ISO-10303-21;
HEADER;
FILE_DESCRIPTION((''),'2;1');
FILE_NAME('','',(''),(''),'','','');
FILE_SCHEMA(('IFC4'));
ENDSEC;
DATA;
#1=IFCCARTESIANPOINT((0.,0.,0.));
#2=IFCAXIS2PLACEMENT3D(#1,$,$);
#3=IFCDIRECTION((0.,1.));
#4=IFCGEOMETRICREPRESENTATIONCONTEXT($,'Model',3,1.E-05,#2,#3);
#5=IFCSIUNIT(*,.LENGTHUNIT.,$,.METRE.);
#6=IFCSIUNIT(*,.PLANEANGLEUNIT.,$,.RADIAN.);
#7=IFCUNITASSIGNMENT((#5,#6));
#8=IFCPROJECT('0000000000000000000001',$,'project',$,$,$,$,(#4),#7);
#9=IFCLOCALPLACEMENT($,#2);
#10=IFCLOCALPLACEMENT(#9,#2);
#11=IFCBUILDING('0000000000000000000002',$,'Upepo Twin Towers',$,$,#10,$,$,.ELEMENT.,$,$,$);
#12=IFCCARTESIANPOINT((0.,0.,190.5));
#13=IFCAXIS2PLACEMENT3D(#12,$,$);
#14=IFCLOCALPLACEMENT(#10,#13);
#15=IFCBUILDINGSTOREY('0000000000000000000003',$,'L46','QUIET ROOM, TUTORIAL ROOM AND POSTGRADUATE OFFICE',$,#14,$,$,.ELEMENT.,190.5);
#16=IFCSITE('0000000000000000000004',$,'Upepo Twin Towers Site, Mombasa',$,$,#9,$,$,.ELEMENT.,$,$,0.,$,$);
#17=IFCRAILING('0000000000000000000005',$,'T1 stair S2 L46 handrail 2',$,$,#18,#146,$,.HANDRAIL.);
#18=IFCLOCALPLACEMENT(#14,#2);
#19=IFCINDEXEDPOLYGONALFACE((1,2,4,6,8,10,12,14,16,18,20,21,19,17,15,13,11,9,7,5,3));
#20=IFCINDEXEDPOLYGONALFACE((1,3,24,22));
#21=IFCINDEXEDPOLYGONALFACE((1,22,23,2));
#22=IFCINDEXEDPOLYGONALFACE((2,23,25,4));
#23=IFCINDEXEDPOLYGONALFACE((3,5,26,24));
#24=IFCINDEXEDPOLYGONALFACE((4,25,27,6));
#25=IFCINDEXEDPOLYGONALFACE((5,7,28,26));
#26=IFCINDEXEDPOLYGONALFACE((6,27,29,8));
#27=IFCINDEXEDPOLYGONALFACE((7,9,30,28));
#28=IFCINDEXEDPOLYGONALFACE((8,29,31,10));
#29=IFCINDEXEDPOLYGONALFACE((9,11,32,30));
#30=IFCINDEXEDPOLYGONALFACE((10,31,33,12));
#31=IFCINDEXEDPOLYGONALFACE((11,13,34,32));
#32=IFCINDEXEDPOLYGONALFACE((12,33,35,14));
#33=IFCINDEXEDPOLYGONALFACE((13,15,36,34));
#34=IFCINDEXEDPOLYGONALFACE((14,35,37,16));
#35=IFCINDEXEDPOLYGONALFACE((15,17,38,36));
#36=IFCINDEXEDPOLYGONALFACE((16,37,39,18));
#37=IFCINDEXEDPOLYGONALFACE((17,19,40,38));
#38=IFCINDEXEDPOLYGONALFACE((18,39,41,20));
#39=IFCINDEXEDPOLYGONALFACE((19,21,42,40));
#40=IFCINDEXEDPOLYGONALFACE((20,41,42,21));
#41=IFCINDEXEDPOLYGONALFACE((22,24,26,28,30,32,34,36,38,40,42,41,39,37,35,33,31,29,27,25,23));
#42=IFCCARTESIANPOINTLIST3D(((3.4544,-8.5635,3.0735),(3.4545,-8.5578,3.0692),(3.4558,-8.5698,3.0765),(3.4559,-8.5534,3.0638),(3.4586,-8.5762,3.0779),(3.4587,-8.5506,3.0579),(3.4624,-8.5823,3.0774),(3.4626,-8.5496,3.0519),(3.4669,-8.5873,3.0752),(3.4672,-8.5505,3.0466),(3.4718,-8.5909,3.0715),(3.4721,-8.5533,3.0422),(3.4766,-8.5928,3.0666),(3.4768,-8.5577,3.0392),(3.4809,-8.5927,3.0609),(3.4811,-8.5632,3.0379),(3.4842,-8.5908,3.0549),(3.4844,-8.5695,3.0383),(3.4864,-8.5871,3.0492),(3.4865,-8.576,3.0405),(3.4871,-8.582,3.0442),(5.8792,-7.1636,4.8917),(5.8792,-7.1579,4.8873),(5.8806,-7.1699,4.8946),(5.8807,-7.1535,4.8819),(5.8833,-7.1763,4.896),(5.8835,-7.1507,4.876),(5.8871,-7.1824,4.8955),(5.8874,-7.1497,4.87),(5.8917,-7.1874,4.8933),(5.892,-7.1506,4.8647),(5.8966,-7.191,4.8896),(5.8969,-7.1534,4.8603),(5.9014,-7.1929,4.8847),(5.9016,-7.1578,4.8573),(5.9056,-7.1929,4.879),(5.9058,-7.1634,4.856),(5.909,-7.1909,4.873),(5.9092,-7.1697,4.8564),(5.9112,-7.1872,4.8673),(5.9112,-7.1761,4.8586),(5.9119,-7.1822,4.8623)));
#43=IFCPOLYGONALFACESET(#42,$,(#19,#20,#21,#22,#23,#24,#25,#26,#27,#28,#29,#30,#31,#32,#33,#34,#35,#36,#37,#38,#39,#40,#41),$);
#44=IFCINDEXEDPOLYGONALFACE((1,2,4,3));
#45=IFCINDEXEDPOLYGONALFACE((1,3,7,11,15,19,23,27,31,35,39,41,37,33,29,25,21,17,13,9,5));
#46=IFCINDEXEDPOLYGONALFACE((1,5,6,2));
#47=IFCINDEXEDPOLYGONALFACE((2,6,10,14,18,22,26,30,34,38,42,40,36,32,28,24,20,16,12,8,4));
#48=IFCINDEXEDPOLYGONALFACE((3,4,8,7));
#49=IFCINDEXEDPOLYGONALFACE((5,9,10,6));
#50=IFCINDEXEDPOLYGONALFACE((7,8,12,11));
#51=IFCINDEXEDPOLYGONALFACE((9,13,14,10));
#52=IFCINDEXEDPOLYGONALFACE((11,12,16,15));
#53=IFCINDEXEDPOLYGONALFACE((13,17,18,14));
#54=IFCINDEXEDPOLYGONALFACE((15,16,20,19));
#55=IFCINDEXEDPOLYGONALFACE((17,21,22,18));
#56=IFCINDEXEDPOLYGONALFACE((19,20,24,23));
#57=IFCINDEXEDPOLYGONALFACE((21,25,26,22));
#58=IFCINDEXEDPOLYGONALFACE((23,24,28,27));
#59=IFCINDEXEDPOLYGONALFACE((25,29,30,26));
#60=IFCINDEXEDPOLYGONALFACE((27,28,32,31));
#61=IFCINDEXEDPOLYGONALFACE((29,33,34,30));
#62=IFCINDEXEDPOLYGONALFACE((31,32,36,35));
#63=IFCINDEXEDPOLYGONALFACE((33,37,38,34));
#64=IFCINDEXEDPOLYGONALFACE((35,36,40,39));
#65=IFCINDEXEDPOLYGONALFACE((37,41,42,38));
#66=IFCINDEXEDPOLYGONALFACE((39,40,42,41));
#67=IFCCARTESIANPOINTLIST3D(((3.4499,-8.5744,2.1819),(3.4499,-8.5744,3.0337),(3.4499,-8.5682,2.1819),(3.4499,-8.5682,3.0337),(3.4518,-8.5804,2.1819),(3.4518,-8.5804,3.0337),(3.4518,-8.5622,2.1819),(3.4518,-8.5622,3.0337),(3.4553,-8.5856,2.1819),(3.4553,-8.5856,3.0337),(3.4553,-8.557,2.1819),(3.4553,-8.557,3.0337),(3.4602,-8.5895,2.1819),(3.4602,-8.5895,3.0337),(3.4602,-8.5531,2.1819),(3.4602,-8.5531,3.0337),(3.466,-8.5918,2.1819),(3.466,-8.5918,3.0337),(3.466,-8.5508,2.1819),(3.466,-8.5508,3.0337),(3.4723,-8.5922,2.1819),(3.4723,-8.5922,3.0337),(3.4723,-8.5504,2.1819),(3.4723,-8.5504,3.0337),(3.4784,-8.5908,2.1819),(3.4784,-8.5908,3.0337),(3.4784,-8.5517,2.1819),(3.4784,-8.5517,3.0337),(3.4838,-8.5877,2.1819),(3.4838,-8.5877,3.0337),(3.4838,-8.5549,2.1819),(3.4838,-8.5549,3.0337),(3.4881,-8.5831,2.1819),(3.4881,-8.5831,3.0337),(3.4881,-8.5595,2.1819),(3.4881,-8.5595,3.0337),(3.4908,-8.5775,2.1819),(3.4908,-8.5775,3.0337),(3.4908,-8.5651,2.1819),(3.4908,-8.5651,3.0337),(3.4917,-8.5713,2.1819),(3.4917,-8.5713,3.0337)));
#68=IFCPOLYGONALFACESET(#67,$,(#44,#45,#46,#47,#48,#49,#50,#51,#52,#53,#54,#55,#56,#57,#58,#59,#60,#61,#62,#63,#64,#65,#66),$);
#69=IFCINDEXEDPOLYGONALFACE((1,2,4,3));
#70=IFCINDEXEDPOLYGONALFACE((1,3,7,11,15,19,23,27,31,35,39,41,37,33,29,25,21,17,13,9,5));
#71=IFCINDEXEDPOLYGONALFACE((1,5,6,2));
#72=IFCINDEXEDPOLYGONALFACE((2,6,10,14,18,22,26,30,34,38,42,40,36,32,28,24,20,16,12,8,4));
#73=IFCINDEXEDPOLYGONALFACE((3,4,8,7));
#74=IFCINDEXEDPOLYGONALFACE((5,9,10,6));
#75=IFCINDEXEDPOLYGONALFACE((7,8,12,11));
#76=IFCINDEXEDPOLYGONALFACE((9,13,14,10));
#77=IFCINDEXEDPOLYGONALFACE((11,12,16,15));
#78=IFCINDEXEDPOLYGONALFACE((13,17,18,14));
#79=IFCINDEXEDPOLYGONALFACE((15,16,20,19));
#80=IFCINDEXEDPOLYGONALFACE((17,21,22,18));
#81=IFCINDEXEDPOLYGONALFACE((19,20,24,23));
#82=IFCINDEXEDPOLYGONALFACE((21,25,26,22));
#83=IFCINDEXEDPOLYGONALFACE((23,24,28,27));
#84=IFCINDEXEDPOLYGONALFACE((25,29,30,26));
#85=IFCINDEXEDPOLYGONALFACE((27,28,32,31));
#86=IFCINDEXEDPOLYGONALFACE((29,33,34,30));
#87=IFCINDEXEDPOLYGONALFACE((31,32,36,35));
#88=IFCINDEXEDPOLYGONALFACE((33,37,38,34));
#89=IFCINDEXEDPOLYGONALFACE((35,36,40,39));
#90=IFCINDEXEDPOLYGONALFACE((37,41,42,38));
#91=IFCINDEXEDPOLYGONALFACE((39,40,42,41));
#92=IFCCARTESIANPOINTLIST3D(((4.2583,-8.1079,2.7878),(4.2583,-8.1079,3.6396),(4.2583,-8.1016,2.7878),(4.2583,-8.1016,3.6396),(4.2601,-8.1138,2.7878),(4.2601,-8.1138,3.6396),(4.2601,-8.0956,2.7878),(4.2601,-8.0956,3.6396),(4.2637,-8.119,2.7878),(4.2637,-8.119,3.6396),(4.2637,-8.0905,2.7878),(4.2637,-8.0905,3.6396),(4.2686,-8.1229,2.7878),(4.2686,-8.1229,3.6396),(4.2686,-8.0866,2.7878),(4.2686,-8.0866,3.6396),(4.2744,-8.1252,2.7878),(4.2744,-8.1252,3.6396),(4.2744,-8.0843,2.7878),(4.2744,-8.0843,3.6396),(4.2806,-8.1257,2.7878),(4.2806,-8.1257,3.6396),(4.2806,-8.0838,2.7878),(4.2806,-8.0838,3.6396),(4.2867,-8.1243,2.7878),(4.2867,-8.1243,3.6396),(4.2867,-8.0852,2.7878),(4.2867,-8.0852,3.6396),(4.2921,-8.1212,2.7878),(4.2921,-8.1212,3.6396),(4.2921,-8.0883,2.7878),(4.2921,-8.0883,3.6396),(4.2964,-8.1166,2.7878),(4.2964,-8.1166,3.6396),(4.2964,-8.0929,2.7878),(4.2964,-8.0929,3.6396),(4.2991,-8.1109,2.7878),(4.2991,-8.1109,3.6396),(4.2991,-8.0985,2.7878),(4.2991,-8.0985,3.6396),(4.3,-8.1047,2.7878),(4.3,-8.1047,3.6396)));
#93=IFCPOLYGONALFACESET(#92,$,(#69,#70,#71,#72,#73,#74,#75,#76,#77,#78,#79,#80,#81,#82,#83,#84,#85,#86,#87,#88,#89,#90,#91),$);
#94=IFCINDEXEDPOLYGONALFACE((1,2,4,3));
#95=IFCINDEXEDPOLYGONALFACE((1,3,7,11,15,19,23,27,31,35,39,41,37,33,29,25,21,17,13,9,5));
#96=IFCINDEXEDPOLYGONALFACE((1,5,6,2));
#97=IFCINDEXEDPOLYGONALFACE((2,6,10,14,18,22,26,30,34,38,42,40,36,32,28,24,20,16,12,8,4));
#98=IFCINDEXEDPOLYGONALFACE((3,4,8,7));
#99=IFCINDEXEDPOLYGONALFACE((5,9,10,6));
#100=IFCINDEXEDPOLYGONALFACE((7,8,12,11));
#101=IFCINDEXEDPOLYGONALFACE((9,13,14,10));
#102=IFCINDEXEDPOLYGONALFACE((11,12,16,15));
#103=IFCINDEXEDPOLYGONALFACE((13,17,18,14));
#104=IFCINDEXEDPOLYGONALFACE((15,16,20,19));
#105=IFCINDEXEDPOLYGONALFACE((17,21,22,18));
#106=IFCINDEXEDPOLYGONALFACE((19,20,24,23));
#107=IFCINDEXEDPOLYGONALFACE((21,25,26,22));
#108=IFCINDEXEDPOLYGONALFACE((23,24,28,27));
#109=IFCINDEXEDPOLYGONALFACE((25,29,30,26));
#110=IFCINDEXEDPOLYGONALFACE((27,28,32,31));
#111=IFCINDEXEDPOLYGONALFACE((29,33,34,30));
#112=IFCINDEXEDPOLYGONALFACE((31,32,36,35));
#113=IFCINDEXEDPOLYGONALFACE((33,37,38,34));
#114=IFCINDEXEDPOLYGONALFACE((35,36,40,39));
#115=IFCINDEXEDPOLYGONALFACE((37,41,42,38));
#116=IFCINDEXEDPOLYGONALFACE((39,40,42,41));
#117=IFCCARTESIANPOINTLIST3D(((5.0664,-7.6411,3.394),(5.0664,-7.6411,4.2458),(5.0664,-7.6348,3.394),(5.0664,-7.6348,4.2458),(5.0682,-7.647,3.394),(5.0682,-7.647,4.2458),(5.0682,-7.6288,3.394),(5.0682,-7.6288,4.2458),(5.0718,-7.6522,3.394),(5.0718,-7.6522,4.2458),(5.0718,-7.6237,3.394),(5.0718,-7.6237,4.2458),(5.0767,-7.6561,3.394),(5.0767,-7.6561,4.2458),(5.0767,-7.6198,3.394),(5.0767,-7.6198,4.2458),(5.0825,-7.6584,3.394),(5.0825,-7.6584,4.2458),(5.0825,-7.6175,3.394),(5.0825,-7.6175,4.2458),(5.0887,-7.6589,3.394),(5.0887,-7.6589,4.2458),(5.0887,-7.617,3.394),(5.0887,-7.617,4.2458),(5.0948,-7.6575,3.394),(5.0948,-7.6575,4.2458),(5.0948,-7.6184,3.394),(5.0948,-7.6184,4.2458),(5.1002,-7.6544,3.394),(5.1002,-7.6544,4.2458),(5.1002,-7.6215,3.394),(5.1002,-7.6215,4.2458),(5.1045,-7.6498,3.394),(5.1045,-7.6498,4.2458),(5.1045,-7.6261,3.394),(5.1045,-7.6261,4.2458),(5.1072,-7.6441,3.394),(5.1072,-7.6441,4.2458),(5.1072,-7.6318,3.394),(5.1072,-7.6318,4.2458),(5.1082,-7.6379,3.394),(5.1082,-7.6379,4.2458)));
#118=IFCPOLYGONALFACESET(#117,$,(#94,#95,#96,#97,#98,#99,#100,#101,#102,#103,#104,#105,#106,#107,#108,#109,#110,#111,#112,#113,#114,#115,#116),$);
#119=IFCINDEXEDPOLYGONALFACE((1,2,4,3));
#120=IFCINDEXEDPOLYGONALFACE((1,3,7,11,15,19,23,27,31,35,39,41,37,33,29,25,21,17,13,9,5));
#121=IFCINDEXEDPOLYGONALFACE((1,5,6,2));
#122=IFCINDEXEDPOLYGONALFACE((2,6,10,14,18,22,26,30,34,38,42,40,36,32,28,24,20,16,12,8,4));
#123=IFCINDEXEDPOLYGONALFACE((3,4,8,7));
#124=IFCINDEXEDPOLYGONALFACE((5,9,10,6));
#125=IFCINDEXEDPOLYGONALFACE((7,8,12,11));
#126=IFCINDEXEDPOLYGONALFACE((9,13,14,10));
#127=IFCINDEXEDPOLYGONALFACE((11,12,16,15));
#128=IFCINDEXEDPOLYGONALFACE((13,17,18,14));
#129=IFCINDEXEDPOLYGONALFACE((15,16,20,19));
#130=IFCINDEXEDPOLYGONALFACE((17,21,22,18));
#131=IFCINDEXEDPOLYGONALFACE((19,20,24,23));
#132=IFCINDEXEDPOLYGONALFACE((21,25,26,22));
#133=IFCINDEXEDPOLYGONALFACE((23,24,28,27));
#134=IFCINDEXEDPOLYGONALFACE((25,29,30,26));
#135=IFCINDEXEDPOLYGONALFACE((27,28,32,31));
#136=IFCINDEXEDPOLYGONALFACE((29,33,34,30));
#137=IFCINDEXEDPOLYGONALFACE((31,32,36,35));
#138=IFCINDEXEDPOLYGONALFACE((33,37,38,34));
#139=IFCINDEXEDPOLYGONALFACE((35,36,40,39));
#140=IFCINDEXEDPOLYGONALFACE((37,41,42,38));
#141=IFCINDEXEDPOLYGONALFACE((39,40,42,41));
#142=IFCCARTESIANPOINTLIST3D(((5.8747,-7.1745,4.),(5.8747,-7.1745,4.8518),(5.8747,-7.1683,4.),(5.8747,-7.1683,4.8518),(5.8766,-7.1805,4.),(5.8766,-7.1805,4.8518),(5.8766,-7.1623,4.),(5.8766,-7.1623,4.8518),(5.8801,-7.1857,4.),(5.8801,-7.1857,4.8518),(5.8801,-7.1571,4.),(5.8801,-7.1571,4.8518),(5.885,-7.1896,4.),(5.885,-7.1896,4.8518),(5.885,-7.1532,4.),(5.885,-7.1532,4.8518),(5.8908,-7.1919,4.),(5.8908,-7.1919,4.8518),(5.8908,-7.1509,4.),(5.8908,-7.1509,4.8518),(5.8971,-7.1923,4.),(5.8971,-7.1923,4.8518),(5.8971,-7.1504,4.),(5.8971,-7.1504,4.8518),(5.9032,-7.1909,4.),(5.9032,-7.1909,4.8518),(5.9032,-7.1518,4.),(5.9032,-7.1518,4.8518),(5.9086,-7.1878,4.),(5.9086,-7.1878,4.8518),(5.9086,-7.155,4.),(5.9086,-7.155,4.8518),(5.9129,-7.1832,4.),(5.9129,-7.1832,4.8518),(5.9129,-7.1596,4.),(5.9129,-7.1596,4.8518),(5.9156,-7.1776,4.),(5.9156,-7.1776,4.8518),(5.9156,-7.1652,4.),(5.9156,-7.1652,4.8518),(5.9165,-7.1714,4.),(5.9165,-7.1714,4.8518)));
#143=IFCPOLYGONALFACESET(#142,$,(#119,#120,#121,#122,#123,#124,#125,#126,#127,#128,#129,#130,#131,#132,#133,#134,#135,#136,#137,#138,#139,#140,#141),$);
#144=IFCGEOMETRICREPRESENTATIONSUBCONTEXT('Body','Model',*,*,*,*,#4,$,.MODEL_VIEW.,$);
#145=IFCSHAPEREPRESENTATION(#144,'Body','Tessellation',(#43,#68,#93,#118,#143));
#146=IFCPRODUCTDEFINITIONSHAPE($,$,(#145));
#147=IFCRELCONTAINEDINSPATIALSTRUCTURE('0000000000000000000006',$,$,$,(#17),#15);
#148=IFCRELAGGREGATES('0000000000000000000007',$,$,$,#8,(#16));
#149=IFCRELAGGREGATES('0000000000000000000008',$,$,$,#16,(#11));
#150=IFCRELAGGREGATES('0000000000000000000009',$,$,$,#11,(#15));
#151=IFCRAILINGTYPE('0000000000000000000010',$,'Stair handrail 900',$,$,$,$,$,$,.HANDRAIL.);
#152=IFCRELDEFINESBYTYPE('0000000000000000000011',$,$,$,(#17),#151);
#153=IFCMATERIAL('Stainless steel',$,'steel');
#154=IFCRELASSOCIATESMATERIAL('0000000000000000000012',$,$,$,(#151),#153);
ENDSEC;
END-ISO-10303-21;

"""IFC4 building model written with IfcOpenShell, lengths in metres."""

from ifc_helpers import new_model, si_unit, direction, frame, origin, origin_2d, place, context, subcontext, project, spatial, circle, extrude, material, type_object, element, save


model = new_model("IFC4")

# Units and contexts
model_context = context("Model", 3, precision=1e-05, world=origin(), true_north=direction((0.0, 1.0)))
body_context = subcontext(model_context, "Body", "Model", "MODEL_VIEW")
ifc_project = project(units=[si_unit("LENGTHUNIT", "METRE"), si_unit("PLANEANGLEUNIT", "RADIAN")], contexts=[model_context])

# Site, building, storey
site_placement = place(None, origin())
site = spatial("IfcSite", under=ifc_project, at=site_placement, Name="Upepo Twin Towers Site, Mombasa", CompositionType="ELEMENT", RefElevation=0.0)
building_placement = place(site_placement, origin())
building = spatial("IfcBuilding", under=site, at=building_placement, Name="Upepo Twin Towers", CompositionType="ELEMENT")
storey_placement = place(building_placement, frame((0.0, 0.0, 190.5)))
storey = spatial("IfcBuildingStorey", under=building, at=storey_placement, Name="L46", Description="QUIET ROOM, TUTORIAL ROOM AND POSTGRADUATE OFFICE", CompositionType="ELEMENT", Elevation=190.5)

# Railing
ifc_material_1 = material(Name="Stainless steel", Category="steel")
railing_type = type_object("IfcRailingType", Name="Stair handrail 900", PredefinedType="HANDRAIL", material=ifc_material_1)
railing_1_placement = place(storey_placement, frame((3.4707, -8.5713, 2.1819)))
element("IfcRailing", 1, at=railing_1_placement, inside=storey, type_object=railing_type, Name="T1 stair S2 L46 handrail 2", PredefinedType="HANDRAIL", context=body_context, shape_type="SweptSolid", body=[
    extrude(circle(Radius=0.0239, at=origin_2d()), frame((0.0, 0.0, 0.876), z_axis=(0.726336, 0.419333, 0.544606), x_axis=(-0.499984, 0.866035, 0.0)), (0.0, 0.0, 1.0), 3.3384),
    extrude(circle(Radius=0.021, at=origin_2d()), origin(), (0.0, 0.0, 1.0), 0.8518),
    extrude(circle(Radius=0.021, at=origin_2d()), frame((0.8083, 0.4666, 0.606)), (0.0, 0.0, 1.0), 0.8518),
    extrude(circle(Radius=0.021, at=origin_2d()), frame((1.6165, 0.9333, 1.2122)), (0.0, 0.0, 1.0), 0.8518),
    extrude(circle(Radius=0.021, at=origin_2d()), frame((2.4248, 1.3999, 1.8181)), (0.0, 0.0, 1.0), 0.8518),
])

save(model, "model.ifc")
